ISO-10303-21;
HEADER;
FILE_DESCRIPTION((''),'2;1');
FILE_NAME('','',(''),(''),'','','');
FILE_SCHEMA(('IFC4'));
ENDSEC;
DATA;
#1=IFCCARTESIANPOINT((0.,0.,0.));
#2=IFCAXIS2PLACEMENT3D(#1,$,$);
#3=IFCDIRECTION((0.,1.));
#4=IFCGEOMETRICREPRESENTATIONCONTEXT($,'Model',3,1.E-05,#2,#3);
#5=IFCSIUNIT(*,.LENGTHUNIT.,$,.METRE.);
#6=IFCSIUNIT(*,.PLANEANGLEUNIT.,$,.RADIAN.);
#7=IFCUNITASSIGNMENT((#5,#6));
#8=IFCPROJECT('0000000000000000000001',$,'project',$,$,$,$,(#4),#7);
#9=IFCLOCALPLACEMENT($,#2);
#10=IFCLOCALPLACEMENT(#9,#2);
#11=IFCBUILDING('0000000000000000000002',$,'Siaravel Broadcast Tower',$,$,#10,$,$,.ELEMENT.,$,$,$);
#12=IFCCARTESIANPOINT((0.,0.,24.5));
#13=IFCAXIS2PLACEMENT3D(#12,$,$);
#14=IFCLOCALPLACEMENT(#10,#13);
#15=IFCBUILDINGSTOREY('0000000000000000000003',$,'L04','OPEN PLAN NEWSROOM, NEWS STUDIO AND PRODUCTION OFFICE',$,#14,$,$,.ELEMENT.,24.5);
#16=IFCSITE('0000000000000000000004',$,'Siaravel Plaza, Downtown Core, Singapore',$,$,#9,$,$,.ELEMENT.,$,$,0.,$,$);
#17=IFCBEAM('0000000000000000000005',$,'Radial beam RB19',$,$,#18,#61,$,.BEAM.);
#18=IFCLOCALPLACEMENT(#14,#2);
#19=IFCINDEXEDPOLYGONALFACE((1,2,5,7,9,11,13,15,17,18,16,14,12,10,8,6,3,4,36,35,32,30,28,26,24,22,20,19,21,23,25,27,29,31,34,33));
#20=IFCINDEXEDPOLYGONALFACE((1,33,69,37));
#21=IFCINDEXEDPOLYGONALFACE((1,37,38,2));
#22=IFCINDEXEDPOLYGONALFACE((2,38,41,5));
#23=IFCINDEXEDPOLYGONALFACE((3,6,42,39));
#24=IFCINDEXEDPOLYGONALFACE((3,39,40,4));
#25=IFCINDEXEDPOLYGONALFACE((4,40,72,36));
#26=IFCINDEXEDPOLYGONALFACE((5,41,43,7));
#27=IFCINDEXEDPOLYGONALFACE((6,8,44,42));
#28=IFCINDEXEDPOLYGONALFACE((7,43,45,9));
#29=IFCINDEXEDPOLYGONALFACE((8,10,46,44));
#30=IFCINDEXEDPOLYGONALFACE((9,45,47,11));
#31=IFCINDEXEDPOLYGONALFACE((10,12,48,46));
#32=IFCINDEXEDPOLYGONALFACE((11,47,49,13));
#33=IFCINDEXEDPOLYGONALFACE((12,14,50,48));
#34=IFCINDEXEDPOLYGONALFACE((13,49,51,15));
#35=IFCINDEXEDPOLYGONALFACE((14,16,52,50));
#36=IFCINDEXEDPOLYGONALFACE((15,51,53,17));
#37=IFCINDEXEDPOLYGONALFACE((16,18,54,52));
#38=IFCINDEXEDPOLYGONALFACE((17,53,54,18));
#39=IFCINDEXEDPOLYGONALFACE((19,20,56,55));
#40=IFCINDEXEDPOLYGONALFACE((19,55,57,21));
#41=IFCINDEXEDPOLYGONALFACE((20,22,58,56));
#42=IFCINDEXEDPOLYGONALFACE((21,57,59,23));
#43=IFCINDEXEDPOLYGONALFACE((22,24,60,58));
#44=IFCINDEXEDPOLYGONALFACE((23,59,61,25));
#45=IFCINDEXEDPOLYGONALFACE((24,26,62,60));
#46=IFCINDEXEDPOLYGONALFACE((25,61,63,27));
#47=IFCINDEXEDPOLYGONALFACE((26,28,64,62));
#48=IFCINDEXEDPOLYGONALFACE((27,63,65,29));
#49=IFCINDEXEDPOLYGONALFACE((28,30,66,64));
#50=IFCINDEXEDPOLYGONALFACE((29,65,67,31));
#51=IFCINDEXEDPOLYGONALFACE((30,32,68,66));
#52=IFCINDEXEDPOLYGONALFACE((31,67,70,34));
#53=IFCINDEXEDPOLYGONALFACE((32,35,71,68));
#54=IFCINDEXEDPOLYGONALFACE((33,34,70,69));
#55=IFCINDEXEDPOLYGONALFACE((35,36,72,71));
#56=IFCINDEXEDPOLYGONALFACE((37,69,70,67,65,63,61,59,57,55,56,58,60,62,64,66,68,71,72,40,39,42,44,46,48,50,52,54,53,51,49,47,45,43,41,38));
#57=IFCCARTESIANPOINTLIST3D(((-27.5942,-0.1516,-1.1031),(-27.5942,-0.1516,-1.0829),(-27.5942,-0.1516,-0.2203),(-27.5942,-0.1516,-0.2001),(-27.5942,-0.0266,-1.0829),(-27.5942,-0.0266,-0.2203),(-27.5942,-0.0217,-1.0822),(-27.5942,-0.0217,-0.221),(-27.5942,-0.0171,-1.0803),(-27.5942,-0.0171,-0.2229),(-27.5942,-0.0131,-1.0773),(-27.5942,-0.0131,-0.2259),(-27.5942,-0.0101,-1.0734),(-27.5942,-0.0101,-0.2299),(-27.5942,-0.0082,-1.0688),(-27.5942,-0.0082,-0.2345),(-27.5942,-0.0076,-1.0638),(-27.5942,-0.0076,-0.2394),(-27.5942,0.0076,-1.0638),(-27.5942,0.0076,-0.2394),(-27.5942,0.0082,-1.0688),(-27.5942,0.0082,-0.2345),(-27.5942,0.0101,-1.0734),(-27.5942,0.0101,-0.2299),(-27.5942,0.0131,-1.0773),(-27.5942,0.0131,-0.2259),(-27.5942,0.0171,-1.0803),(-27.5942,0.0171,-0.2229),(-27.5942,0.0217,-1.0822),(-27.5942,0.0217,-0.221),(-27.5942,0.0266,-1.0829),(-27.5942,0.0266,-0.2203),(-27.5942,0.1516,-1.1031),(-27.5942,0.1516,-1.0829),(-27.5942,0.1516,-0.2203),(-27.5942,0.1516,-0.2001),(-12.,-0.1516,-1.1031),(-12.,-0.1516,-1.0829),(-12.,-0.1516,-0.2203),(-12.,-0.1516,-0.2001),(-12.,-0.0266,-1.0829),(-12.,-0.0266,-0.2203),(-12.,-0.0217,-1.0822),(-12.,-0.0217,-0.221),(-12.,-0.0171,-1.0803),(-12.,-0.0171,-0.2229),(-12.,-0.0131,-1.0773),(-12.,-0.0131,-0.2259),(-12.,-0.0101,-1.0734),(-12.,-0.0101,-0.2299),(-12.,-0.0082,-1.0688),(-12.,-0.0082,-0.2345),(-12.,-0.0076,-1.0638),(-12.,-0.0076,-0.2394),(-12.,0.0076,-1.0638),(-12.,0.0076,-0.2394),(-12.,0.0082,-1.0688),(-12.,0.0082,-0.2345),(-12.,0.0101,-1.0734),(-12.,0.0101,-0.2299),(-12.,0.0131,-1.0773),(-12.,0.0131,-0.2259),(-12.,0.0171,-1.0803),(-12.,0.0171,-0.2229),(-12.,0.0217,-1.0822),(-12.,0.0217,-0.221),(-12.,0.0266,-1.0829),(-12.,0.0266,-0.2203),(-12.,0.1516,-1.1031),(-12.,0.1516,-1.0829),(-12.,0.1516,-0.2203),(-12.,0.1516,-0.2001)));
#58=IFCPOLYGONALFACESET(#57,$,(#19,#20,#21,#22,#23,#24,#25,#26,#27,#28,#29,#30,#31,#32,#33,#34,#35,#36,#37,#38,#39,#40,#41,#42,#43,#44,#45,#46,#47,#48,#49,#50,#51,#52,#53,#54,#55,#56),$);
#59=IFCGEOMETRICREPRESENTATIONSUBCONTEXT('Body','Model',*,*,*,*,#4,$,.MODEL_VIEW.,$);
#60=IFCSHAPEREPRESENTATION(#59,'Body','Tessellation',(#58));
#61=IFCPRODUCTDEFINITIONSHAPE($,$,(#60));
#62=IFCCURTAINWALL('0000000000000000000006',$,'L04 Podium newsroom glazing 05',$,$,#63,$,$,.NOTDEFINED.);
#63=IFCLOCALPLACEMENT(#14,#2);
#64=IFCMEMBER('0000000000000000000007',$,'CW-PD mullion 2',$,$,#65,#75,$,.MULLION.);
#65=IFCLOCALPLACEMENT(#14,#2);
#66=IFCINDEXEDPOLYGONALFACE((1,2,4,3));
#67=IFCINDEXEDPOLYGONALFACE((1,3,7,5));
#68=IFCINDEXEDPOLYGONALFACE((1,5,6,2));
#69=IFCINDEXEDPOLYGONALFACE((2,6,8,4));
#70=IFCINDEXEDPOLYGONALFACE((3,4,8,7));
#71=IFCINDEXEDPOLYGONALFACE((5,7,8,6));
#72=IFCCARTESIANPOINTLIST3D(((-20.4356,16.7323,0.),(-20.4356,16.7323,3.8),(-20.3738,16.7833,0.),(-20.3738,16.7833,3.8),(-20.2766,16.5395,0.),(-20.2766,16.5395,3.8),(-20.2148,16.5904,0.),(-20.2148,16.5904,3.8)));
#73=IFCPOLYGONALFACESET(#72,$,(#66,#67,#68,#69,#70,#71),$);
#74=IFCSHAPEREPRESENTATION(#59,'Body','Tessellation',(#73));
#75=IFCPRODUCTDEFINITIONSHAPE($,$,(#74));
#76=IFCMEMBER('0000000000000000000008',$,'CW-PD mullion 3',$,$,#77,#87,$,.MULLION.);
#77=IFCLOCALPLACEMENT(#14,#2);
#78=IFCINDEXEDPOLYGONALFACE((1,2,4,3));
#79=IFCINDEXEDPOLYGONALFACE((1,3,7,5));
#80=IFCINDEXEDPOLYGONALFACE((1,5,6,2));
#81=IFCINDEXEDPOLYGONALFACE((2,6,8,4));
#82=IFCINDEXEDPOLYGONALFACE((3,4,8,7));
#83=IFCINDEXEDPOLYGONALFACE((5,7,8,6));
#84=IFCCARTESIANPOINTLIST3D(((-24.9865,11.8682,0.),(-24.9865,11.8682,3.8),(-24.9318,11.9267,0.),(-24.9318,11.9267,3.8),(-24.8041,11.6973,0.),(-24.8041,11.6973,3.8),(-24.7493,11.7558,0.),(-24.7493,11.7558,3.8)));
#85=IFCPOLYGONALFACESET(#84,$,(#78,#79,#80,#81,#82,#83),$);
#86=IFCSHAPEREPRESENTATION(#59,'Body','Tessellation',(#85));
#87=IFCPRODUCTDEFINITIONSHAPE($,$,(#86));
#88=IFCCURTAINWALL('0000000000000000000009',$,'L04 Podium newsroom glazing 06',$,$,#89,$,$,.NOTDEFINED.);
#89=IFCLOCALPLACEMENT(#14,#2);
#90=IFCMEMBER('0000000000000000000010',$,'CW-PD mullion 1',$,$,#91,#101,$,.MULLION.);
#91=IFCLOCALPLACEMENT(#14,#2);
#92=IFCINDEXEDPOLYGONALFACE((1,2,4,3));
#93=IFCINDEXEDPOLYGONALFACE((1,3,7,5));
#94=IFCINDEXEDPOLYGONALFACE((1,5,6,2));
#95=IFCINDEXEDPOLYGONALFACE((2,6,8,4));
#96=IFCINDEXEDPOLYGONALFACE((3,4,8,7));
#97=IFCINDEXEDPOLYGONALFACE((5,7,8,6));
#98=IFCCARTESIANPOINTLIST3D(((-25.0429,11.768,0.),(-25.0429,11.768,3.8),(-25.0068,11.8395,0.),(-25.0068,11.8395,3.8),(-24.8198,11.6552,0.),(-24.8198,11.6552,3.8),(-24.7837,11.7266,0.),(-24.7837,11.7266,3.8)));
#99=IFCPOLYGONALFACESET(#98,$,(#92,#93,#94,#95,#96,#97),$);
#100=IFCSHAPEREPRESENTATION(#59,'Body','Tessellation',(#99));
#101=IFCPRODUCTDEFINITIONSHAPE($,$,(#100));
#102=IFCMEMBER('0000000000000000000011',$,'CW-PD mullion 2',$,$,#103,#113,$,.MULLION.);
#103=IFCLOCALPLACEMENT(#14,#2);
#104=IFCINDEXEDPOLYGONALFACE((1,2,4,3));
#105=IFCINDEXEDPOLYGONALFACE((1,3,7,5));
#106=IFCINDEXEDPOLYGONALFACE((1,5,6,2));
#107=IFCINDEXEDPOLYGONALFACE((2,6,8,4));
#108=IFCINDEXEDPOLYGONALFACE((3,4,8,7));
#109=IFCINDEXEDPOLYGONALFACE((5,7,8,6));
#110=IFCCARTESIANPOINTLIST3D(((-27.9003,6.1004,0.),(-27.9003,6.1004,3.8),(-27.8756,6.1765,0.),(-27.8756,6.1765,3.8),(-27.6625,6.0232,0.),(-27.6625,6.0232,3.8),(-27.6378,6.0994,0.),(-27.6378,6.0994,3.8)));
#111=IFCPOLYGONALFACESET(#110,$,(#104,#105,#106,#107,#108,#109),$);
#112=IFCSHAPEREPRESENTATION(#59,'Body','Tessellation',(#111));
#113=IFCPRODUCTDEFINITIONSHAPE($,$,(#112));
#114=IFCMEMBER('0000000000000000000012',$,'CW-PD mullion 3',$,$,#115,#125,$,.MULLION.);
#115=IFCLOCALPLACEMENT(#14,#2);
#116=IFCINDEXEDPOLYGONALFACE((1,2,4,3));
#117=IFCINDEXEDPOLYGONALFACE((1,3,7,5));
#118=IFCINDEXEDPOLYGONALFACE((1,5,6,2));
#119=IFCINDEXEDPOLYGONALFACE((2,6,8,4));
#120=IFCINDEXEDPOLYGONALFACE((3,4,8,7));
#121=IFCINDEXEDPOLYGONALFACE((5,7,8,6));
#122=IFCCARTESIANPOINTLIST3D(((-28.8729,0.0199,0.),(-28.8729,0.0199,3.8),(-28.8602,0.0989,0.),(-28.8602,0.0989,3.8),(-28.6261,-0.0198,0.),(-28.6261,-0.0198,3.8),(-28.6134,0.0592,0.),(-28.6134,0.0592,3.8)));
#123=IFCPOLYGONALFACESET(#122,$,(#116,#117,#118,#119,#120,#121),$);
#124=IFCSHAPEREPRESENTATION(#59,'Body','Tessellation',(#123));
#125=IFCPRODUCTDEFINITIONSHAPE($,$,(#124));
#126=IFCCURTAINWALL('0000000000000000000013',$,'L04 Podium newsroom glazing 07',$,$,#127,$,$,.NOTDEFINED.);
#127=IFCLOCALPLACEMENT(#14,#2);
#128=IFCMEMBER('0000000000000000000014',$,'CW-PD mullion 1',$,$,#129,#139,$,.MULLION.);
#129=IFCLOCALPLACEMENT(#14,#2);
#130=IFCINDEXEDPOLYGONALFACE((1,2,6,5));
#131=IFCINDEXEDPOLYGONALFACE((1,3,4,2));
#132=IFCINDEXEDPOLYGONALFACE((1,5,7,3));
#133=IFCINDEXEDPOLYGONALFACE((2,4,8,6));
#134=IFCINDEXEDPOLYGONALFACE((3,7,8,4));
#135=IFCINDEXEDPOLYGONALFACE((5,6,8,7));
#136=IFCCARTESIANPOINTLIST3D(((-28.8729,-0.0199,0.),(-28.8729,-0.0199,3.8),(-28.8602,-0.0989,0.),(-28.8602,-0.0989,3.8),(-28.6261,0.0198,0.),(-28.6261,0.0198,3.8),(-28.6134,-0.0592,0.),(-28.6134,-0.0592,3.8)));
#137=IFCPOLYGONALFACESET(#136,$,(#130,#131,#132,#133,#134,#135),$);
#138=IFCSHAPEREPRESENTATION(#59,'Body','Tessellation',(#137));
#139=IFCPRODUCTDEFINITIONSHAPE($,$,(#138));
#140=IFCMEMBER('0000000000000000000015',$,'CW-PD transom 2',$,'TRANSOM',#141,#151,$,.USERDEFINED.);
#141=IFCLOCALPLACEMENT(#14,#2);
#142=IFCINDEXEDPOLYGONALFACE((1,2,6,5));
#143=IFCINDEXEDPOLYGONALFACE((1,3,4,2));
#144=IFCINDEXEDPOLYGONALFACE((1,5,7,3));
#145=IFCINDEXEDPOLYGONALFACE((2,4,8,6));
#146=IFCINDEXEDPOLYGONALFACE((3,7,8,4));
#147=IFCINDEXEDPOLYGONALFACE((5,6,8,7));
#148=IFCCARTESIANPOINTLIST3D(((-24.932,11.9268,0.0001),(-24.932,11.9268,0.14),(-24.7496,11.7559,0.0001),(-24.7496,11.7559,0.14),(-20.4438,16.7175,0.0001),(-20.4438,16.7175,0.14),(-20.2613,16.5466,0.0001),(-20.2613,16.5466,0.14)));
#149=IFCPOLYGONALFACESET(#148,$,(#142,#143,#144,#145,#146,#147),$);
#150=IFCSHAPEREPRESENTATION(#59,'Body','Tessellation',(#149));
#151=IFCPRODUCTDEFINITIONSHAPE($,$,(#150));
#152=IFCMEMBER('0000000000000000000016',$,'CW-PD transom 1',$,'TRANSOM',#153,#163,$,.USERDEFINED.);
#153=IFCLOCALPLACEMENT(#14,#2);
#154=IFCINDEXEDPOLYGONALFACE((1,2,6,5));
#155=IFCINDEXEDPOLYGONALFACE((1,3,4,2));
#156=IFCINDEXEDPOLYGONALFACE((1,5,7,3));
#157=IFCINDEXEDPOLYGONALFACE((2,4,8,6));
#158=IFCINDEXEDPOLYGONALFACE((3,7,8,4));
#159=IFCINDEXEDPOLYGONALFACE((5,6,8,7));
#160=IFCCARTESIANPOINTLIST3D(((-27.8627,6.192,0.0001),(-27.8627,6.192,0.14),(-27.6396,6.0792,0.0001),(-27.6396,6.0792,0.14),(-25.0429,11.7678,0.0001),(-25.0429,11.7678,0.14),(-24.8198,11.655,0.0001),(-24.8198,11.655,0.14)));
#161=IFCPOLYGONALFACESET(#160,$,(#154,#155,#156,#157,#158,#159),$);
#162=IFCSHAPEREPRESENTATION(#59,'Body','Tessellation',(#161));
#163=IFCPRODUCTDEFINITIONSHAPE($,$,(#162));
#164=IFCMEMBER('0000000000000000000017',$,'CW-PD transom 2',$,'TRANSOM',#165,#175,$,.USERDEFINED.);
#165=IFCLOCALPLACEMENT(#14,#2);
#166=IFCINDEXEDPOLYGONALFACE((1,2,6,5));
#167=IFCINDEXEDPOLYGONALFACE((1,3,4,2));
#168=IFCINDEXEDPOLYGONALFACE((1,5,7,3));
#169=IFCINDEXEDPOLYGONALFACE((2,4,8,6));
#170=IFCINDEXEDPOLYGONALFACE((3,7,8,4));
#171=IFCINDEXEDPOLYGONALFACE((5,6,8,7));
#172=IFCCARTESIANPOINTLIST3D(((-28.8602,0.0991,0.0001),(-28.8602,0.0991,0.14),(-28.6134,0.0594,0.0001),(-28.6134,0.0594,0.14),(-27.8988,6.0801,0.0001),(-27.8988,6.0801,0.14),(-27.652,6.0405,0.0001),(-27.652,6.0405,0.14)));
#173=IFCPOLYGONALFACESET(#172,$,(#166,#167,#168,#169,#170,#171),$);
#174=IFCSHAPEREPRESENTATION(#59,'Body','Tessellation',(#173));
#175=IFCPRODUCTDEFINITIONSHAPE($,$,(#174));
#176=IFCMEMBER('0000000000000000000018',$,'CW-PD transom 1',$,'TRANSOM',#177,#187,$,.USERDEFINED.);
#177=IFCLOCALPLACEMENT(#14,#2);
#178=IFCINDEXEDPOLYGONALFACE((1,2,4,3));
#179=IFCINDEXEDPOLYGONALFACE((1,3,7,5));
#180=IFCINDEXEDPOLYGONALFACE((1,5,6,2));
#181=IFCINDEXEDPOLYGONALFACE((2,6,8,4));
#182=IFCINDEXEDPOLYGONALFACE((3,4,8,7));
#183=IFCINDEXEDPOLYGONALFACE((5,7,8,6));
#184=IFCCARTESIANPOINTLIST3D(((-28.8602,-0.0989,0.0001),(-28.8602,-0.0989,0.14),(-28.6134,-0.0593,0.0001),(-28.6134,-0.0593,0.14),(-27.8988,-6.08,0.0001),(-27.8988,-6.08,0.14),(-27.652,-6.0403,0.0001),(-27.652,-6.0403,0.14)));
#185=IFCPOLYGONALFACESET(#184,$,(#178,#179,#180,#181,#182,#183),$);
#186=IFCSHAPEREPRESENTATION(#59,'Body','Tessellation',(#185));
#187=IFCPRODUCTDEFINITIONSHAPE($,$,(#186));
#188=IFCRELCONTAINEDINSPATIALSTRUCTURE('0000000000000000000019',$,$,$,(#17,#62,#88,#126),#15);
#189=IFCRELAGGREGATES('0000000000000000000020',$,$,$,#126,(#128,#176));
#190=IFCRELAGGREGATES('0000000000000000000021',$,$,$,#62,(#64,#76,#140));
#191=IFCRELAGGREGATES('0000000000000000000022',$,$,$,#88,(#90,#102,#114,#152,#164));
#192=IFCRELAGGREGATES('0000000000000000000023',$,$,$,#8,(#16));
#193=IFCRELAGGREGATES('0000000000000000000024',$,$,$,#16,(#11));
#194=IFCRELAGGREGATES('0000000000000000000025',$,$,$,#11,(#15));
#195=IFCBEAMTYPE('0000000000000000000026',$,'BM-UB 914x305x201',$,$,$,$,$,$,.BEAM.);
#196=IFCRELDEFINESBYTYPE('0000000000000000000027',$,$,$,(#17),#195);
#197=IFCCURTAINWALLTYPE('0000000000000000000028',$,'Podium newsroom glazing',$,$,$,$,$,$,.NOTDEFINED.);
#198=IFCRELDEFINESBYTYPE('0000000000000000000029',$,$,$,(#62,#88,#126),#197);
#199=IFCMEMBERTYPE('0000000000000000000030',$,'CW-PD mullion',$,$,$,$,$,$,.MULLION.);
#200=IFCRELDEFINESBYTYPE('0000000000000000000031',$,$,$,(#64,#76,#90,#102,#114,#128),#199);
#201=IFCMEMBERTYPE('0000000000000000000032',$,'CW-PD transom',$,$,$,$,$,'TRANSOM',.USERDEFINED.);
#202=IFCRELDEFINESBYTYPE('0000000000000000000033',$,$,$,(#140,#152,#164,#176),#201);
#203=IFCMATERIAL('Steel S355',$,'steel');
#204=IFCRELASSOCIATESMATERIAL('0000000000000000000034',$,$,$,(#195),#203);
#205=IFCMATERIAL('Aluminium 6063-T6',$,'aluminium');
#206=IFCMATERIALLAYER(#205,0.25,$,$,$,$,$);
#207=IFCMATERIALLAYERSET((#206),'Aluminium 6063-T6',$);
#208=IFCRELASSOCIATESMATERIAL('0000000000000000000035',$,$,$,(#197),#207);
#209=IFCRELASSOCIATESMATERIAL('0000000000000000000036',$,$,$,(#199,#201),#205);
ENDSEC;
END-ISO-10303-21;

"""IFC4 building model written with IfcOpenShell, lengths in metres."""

from ifc_helpers import new_model, si_unit, direction, frame, origin, origin_2d, place, context, subcontext, project, spatial, rectangle, i_section, extrude, material, layer, layer_set, material_profile, profile_set, type_object, element, aggregate, save


model = new_model("IFC4")

# Units and contexts
model_context = context("Model", 3, precision=1e-05, world=origin(), true_north=direction((0.0, 1.0)))
body_context = subcontext(model_context, "Body", "Model", "MODEL_VIEW")
ifc_project = project(units=[si_unit("LENGTHUNIT", "METRE"), si_unit("PLANEANGLEUNIT", "RADIAN")], contexts=[model_context])

# Site, building, storey
site_placement = place(None, origin())
site = spatial("IfcSite", under=ifc_project, at=site_placement, Name="Siaravel Plaza, Downtown Core, Singapore", CompositionType="ELEMENT", RefElevation=0.0)
building_placement = place(site_placement, origin())
building = spatial("IfcBuilding", under=site, at=building_placement, Name="Siaravel Broadcast Tower", CompositionType="ELEMENT")
storey_placement = place(building_placement, frame((0.0, 0.0, 24.5)))
storey = spatial("IfcBuildingStorey", under=building, at=storey_placement, Name="L04", Description="OPEN PLAN NEWSROOM, NEWS STUDIO AND PRODUCTION OFFICE", CompositionType="ELEMENT", Elevation=24.5)

# Beam
ifc_material_1 = material(Name="Steel S355", Category="steel")
ifc_material_profile_1 = material_profile(ifc_material_1, i_section(OverallWidth=0.3032, OverallDepth=0.9031, WebThickness=0.0151, FlangeThickness=0.0203, FilletRadius=0.019, at=origin_2d()))
ifc_profile_set_1 = profile_set([ifc_material_profile_1], Name="Steel S355")
beam_type = type_object("IfcBeamType", Name="BM-UB 914x305x201", PredefinedType="BEAM", material=ifc_profile_set_1)
beam_1_placement = place(storey_placement, frame((-27.5942, 0.0, -0.6516), z_axis=(1.0, 0.0, 0.0), x_axis=(0.0, 1.0, 0.0)))
element("IfcBeam", 1, at=beam_1_placement, inside=storey, type_object=beam_type, Name="Radial beam RB19", PredefinedType="BEAM", context=body_context, shape_type="SweptSolid", body=[
    extrude(i_section(OverallWidth=0.3032, OverallDepth=0.9031, WebThickness=0.0151, FlangeThickness=0.0203, FilletRadius=0.019, at=origin_2d()), origin(), (0.0, 0.0, 1.0), 15.5942),
])

# Curtain walls, members
ifc_material_2 = material(Name="Aluminium 6063-T6", Category="aluminium")
ifc_layer_1 = layer(ifc_material_2, 0.25)
ifc_layer_set_1 = layer_set([ifc_layer_1], Name="Aluminium 6063-T6")
curtain_wall_type = type_object("IfcCurtainWallType", Name="Podium newsroom glazing", PredefinedType="NOTDEFINED", material=ifc_layer_set_1)
curtain_wall_1_placement = place(storey_placement, origin())
curtain_wall_1 = element("IfcCurtainWall", 2, at=curtain_wall_1_placement, inside=storey, type_object=curtain_wall_type, Name="L04 Podium newsroom glazing 05", PredefinedType="NOTDEFINED")
ifc_material_profile_2 = material_profile(ifc_material_2, rectangle(XDim=0.25, YDim=0.0801, at=origin_2d()))
ifc_profile_set_2 = profile_set([ifc_material_profile_2], Name="Aluminium 6063-T6")
member_type_1 = type_object("IfcMemberType", Name="CW-PD mullion", PredefinedType="MULLION", material=ifc_profile_set_2)
member_1_placement = place(storey_placement, frame((-20.3252, 16.6614, 0.0), z_axis=(0.0, 0.0, 1.0), x_axis=(0.636218, -0.771509, 0.0)))
member_1 = element("IfcMember", 3, at=member_1_placement, type_object=member_type_1, Name="CW-PD mullion 2", PredefinedType="MULLION", context=body_context, shape_type="SweptSolid", body=[
    extrude(rectangle(XDim=0.25, YDim=0.0801, at=origin_2d()), origin(), (0.0, 0.0, 1.0), 3.8),
])
member_2_placement = place(storey_placement, frame((-24.8679, 11.812, 0.0), z_axis=(0.0, 0.0, 1.0), x_axis=(0.729804, -0.683656, 0.0)))
member_2 = element("IfcMember", 4, at=member_2_placement, type_object=member_type_1, Name="CW-PD mullion 3", PredefinedType="MULLION", context=body_context, shape_type="SweptSolid", body=[
    extrude(rectangle(XDim=0.25, YDim=0.0801, at=origin_2d()), origin(), (0.0, 0.0, 1.0), 3.8),
])
curtain_wall_2_placement = place(storey_placement, origin())
curtain_wall_2 = element("IfcCurtainWall", 5, at=curtain_wall_2_placement, inside=storey, type_object=curtain_wall_type, Name="L04 Podium newsroom glazing 06", PredefinedType="NOTDEFINED")
member_3_placement = place(storey_placement, frame((-24.9133, 11.7473, 0.0), z_axis=(0.0, 0.0, 1.0), x_axis=(0.892392, -0.451262, 0.0)))
member_3 = element("IfcMember", 6, at=member_3_placement, type_object=member_type_1, Name="CW-PD mullion 1", PredefinedType="MULLION", context=body_context, shape_type="SweptSolid", body=[
    extrude(rectangle(XDim=0.25, YDim=0.0801, at=origin_2d()), origin(), (0.0, 0.0, 1.0), 3.8),
])
member_4_placement = place(storey_placement, frame((-27.769, 6.0999, 0.0), z_axis=(0.0, 0.0, 1.0), x_axis=(0.951177, -0.308646, 0.0)))
member_4 = element("IfcMember", 7, at=member_4_placement, type_object=member_type_1, Name="CW-PD mullion 2", PredefinedType="MULLION", context=body_context, shape_type="SweptSolid", body=[
    extrude(rectangle(XDim=0.25, YDim=0.0801, at=origin_2d()), origin(), (0.0, 0.0, 1.0), 3.8),
])
member_5_placement = place(storey_placement, frame((-28.7432, 0.0396, 0.0), z_axis=(0.0, 0.0, 1.0), x_axis=(0.987329, -0.158686, 0.0)))
member_5 = element("IfcMember", 8, at=member_5_placement, type_object=member_type_1, Name="CW-PD mullion 3", PredefinedType="MULLION", context=body_context, shape_type="SweptSolid", body=[
    extrude(rectangle(XDim=0.25, YDim=0.0801, at=origin_2d()), origin(), (0.0, 0.0, 1.0), 3.8),
])

# Curtain wall, member
curtain_wall_3_placement = place(storey_placement, origin())
curtain_wall_3 = element("IfcCurtainWall", 9, at=curtain_wall_3_placement, inside=storey, type_object=curtain_wall_type, Name="L04 Podium newsroom glazing 07", PredefinedType="NOTDEFINED")
member_6_placement = place(storey_placement, frame((-28.7432, -0.0396, 0.0), z_axis=(0.0, 0.0, 1.0), x_axis=(0.987329, 0.158686, 0.0)))
member_6 = element("IfcMember", 10, at=member_6_placement, type_object=member_type_1, Name="CW-PD mullion 1", PredefinedType="MULLION", context=body_context, shape_type="SweptSolid", body=[
    extrude(rectangle(XDim=0.25, YDim=0.0801, at=origin_2d()), origin(), (0.0, 0.0, 1.0), 3.8),
])

# Members
ifc_material_profile_3 = material_profile(ifc_material_2, rectangle(XDim=0.25, YDim=0.1399, at=origin_2d()))
ifc_profile_set_3 = profile_set([ifc_material_profile_3], Name="Aluminium 6063-T6")
member_type_2 = type_object("IfcMemberType", Name="CW-PD transom", ElementType="TRANSOM", PredefinedType="USERDEFINED", material=ifc_profile_set_3)
member_7_placement = place(storey_placement, frame((-20.3525, 16.6321, 0.0701), z_axis=(-0.683692, -0.72977, 0.0), x_axis=(0.72977, -0.683692, 0.0)))
member_7 = element("IfcMember", 11, at=member_7_placement, type_object=member_type_2, Name="CW-PD transom 2", ObjectType="TRANSOM", PredefinedType="USERDEFINED", context=body_context, shape_type="SweptSolid", body=[
    extrude(rectangle(XDim=0.25, YDim=0.1399, at=origin_2d()), origin(), (0.0, 0.0, 1.0), 6.5647),
])
member_8_placement = place(storey_placement, frame((-24.9314, 11.7114, 0.0701), z_axis=(-0.451288, -0.892378, 0.0), x_axis=(0.892378, -0.451288, 0.0)))
member_8 = element("IfcMember", 12, at=member_8_placement, type_object=member_type_2, Name="CW-PD transom 1", ObjectType="TRANSOM", PredefinedType="USERDEFINED", context=body_context, shape_type="SweptSolid", body=[
    extrude(rectangle(XDim=0.25, YDim=0.1399, at=origin_2d()), origin(), (0.0, 0.0, 1.0), 6.2483),
])
member_9_placement = place(storey_placement, frame((-27.7754, 6.0603, 0.0701), z_axis=(-0.158704, -0.987326, 0.0), x_axis=(0.987326, -0.158704, 0.0)))
member_9 = element("IfcMember", 13, at=member_9_placement, type_object=member_type_2, Name="CW-PD transom 2", ObjectType="TRANSOM", PredefinedType="USERDEFINED", context=body_context, shape_type="SweptSolid", body=[
    extrude(rectangle(XDim=0.25, YDim=0.1399, at=origin_2d()), origin(), (0.0, 0.0, 1.0), 6.0579),
])
member_10_placement = place(storey_placement, frame((-28.7368, -0.0791, 0.0701), z_axis=(0.158704, -0.987326, 0.0), x_axis=(0.987326, 0.158704, 0.0)))
member_10 = element("IfcMember", 14, at=member_10_placement, type_object=member_type_2, Name="CW-PD transom 1", ObjectType="TRANSOM", PredefinedType="USERDEFINED", context=body_context, shape_type="SweptSolid", body=[
    extrude(rectangle(XDim=0.25, YDim=0.1399, at=origin_2d()), origin(), (0.0, 0.0, 1.0), 6.0579),
])
aggregate(curtain_wall_3, [member_6, member_10])

aggregate(curtain_wall_1, [member_1, member_2, member_7])
aggregate(curtain_wall_2, [member_3, member_4, member_5, member_8, member_9])

save(model, "model.ifc")
